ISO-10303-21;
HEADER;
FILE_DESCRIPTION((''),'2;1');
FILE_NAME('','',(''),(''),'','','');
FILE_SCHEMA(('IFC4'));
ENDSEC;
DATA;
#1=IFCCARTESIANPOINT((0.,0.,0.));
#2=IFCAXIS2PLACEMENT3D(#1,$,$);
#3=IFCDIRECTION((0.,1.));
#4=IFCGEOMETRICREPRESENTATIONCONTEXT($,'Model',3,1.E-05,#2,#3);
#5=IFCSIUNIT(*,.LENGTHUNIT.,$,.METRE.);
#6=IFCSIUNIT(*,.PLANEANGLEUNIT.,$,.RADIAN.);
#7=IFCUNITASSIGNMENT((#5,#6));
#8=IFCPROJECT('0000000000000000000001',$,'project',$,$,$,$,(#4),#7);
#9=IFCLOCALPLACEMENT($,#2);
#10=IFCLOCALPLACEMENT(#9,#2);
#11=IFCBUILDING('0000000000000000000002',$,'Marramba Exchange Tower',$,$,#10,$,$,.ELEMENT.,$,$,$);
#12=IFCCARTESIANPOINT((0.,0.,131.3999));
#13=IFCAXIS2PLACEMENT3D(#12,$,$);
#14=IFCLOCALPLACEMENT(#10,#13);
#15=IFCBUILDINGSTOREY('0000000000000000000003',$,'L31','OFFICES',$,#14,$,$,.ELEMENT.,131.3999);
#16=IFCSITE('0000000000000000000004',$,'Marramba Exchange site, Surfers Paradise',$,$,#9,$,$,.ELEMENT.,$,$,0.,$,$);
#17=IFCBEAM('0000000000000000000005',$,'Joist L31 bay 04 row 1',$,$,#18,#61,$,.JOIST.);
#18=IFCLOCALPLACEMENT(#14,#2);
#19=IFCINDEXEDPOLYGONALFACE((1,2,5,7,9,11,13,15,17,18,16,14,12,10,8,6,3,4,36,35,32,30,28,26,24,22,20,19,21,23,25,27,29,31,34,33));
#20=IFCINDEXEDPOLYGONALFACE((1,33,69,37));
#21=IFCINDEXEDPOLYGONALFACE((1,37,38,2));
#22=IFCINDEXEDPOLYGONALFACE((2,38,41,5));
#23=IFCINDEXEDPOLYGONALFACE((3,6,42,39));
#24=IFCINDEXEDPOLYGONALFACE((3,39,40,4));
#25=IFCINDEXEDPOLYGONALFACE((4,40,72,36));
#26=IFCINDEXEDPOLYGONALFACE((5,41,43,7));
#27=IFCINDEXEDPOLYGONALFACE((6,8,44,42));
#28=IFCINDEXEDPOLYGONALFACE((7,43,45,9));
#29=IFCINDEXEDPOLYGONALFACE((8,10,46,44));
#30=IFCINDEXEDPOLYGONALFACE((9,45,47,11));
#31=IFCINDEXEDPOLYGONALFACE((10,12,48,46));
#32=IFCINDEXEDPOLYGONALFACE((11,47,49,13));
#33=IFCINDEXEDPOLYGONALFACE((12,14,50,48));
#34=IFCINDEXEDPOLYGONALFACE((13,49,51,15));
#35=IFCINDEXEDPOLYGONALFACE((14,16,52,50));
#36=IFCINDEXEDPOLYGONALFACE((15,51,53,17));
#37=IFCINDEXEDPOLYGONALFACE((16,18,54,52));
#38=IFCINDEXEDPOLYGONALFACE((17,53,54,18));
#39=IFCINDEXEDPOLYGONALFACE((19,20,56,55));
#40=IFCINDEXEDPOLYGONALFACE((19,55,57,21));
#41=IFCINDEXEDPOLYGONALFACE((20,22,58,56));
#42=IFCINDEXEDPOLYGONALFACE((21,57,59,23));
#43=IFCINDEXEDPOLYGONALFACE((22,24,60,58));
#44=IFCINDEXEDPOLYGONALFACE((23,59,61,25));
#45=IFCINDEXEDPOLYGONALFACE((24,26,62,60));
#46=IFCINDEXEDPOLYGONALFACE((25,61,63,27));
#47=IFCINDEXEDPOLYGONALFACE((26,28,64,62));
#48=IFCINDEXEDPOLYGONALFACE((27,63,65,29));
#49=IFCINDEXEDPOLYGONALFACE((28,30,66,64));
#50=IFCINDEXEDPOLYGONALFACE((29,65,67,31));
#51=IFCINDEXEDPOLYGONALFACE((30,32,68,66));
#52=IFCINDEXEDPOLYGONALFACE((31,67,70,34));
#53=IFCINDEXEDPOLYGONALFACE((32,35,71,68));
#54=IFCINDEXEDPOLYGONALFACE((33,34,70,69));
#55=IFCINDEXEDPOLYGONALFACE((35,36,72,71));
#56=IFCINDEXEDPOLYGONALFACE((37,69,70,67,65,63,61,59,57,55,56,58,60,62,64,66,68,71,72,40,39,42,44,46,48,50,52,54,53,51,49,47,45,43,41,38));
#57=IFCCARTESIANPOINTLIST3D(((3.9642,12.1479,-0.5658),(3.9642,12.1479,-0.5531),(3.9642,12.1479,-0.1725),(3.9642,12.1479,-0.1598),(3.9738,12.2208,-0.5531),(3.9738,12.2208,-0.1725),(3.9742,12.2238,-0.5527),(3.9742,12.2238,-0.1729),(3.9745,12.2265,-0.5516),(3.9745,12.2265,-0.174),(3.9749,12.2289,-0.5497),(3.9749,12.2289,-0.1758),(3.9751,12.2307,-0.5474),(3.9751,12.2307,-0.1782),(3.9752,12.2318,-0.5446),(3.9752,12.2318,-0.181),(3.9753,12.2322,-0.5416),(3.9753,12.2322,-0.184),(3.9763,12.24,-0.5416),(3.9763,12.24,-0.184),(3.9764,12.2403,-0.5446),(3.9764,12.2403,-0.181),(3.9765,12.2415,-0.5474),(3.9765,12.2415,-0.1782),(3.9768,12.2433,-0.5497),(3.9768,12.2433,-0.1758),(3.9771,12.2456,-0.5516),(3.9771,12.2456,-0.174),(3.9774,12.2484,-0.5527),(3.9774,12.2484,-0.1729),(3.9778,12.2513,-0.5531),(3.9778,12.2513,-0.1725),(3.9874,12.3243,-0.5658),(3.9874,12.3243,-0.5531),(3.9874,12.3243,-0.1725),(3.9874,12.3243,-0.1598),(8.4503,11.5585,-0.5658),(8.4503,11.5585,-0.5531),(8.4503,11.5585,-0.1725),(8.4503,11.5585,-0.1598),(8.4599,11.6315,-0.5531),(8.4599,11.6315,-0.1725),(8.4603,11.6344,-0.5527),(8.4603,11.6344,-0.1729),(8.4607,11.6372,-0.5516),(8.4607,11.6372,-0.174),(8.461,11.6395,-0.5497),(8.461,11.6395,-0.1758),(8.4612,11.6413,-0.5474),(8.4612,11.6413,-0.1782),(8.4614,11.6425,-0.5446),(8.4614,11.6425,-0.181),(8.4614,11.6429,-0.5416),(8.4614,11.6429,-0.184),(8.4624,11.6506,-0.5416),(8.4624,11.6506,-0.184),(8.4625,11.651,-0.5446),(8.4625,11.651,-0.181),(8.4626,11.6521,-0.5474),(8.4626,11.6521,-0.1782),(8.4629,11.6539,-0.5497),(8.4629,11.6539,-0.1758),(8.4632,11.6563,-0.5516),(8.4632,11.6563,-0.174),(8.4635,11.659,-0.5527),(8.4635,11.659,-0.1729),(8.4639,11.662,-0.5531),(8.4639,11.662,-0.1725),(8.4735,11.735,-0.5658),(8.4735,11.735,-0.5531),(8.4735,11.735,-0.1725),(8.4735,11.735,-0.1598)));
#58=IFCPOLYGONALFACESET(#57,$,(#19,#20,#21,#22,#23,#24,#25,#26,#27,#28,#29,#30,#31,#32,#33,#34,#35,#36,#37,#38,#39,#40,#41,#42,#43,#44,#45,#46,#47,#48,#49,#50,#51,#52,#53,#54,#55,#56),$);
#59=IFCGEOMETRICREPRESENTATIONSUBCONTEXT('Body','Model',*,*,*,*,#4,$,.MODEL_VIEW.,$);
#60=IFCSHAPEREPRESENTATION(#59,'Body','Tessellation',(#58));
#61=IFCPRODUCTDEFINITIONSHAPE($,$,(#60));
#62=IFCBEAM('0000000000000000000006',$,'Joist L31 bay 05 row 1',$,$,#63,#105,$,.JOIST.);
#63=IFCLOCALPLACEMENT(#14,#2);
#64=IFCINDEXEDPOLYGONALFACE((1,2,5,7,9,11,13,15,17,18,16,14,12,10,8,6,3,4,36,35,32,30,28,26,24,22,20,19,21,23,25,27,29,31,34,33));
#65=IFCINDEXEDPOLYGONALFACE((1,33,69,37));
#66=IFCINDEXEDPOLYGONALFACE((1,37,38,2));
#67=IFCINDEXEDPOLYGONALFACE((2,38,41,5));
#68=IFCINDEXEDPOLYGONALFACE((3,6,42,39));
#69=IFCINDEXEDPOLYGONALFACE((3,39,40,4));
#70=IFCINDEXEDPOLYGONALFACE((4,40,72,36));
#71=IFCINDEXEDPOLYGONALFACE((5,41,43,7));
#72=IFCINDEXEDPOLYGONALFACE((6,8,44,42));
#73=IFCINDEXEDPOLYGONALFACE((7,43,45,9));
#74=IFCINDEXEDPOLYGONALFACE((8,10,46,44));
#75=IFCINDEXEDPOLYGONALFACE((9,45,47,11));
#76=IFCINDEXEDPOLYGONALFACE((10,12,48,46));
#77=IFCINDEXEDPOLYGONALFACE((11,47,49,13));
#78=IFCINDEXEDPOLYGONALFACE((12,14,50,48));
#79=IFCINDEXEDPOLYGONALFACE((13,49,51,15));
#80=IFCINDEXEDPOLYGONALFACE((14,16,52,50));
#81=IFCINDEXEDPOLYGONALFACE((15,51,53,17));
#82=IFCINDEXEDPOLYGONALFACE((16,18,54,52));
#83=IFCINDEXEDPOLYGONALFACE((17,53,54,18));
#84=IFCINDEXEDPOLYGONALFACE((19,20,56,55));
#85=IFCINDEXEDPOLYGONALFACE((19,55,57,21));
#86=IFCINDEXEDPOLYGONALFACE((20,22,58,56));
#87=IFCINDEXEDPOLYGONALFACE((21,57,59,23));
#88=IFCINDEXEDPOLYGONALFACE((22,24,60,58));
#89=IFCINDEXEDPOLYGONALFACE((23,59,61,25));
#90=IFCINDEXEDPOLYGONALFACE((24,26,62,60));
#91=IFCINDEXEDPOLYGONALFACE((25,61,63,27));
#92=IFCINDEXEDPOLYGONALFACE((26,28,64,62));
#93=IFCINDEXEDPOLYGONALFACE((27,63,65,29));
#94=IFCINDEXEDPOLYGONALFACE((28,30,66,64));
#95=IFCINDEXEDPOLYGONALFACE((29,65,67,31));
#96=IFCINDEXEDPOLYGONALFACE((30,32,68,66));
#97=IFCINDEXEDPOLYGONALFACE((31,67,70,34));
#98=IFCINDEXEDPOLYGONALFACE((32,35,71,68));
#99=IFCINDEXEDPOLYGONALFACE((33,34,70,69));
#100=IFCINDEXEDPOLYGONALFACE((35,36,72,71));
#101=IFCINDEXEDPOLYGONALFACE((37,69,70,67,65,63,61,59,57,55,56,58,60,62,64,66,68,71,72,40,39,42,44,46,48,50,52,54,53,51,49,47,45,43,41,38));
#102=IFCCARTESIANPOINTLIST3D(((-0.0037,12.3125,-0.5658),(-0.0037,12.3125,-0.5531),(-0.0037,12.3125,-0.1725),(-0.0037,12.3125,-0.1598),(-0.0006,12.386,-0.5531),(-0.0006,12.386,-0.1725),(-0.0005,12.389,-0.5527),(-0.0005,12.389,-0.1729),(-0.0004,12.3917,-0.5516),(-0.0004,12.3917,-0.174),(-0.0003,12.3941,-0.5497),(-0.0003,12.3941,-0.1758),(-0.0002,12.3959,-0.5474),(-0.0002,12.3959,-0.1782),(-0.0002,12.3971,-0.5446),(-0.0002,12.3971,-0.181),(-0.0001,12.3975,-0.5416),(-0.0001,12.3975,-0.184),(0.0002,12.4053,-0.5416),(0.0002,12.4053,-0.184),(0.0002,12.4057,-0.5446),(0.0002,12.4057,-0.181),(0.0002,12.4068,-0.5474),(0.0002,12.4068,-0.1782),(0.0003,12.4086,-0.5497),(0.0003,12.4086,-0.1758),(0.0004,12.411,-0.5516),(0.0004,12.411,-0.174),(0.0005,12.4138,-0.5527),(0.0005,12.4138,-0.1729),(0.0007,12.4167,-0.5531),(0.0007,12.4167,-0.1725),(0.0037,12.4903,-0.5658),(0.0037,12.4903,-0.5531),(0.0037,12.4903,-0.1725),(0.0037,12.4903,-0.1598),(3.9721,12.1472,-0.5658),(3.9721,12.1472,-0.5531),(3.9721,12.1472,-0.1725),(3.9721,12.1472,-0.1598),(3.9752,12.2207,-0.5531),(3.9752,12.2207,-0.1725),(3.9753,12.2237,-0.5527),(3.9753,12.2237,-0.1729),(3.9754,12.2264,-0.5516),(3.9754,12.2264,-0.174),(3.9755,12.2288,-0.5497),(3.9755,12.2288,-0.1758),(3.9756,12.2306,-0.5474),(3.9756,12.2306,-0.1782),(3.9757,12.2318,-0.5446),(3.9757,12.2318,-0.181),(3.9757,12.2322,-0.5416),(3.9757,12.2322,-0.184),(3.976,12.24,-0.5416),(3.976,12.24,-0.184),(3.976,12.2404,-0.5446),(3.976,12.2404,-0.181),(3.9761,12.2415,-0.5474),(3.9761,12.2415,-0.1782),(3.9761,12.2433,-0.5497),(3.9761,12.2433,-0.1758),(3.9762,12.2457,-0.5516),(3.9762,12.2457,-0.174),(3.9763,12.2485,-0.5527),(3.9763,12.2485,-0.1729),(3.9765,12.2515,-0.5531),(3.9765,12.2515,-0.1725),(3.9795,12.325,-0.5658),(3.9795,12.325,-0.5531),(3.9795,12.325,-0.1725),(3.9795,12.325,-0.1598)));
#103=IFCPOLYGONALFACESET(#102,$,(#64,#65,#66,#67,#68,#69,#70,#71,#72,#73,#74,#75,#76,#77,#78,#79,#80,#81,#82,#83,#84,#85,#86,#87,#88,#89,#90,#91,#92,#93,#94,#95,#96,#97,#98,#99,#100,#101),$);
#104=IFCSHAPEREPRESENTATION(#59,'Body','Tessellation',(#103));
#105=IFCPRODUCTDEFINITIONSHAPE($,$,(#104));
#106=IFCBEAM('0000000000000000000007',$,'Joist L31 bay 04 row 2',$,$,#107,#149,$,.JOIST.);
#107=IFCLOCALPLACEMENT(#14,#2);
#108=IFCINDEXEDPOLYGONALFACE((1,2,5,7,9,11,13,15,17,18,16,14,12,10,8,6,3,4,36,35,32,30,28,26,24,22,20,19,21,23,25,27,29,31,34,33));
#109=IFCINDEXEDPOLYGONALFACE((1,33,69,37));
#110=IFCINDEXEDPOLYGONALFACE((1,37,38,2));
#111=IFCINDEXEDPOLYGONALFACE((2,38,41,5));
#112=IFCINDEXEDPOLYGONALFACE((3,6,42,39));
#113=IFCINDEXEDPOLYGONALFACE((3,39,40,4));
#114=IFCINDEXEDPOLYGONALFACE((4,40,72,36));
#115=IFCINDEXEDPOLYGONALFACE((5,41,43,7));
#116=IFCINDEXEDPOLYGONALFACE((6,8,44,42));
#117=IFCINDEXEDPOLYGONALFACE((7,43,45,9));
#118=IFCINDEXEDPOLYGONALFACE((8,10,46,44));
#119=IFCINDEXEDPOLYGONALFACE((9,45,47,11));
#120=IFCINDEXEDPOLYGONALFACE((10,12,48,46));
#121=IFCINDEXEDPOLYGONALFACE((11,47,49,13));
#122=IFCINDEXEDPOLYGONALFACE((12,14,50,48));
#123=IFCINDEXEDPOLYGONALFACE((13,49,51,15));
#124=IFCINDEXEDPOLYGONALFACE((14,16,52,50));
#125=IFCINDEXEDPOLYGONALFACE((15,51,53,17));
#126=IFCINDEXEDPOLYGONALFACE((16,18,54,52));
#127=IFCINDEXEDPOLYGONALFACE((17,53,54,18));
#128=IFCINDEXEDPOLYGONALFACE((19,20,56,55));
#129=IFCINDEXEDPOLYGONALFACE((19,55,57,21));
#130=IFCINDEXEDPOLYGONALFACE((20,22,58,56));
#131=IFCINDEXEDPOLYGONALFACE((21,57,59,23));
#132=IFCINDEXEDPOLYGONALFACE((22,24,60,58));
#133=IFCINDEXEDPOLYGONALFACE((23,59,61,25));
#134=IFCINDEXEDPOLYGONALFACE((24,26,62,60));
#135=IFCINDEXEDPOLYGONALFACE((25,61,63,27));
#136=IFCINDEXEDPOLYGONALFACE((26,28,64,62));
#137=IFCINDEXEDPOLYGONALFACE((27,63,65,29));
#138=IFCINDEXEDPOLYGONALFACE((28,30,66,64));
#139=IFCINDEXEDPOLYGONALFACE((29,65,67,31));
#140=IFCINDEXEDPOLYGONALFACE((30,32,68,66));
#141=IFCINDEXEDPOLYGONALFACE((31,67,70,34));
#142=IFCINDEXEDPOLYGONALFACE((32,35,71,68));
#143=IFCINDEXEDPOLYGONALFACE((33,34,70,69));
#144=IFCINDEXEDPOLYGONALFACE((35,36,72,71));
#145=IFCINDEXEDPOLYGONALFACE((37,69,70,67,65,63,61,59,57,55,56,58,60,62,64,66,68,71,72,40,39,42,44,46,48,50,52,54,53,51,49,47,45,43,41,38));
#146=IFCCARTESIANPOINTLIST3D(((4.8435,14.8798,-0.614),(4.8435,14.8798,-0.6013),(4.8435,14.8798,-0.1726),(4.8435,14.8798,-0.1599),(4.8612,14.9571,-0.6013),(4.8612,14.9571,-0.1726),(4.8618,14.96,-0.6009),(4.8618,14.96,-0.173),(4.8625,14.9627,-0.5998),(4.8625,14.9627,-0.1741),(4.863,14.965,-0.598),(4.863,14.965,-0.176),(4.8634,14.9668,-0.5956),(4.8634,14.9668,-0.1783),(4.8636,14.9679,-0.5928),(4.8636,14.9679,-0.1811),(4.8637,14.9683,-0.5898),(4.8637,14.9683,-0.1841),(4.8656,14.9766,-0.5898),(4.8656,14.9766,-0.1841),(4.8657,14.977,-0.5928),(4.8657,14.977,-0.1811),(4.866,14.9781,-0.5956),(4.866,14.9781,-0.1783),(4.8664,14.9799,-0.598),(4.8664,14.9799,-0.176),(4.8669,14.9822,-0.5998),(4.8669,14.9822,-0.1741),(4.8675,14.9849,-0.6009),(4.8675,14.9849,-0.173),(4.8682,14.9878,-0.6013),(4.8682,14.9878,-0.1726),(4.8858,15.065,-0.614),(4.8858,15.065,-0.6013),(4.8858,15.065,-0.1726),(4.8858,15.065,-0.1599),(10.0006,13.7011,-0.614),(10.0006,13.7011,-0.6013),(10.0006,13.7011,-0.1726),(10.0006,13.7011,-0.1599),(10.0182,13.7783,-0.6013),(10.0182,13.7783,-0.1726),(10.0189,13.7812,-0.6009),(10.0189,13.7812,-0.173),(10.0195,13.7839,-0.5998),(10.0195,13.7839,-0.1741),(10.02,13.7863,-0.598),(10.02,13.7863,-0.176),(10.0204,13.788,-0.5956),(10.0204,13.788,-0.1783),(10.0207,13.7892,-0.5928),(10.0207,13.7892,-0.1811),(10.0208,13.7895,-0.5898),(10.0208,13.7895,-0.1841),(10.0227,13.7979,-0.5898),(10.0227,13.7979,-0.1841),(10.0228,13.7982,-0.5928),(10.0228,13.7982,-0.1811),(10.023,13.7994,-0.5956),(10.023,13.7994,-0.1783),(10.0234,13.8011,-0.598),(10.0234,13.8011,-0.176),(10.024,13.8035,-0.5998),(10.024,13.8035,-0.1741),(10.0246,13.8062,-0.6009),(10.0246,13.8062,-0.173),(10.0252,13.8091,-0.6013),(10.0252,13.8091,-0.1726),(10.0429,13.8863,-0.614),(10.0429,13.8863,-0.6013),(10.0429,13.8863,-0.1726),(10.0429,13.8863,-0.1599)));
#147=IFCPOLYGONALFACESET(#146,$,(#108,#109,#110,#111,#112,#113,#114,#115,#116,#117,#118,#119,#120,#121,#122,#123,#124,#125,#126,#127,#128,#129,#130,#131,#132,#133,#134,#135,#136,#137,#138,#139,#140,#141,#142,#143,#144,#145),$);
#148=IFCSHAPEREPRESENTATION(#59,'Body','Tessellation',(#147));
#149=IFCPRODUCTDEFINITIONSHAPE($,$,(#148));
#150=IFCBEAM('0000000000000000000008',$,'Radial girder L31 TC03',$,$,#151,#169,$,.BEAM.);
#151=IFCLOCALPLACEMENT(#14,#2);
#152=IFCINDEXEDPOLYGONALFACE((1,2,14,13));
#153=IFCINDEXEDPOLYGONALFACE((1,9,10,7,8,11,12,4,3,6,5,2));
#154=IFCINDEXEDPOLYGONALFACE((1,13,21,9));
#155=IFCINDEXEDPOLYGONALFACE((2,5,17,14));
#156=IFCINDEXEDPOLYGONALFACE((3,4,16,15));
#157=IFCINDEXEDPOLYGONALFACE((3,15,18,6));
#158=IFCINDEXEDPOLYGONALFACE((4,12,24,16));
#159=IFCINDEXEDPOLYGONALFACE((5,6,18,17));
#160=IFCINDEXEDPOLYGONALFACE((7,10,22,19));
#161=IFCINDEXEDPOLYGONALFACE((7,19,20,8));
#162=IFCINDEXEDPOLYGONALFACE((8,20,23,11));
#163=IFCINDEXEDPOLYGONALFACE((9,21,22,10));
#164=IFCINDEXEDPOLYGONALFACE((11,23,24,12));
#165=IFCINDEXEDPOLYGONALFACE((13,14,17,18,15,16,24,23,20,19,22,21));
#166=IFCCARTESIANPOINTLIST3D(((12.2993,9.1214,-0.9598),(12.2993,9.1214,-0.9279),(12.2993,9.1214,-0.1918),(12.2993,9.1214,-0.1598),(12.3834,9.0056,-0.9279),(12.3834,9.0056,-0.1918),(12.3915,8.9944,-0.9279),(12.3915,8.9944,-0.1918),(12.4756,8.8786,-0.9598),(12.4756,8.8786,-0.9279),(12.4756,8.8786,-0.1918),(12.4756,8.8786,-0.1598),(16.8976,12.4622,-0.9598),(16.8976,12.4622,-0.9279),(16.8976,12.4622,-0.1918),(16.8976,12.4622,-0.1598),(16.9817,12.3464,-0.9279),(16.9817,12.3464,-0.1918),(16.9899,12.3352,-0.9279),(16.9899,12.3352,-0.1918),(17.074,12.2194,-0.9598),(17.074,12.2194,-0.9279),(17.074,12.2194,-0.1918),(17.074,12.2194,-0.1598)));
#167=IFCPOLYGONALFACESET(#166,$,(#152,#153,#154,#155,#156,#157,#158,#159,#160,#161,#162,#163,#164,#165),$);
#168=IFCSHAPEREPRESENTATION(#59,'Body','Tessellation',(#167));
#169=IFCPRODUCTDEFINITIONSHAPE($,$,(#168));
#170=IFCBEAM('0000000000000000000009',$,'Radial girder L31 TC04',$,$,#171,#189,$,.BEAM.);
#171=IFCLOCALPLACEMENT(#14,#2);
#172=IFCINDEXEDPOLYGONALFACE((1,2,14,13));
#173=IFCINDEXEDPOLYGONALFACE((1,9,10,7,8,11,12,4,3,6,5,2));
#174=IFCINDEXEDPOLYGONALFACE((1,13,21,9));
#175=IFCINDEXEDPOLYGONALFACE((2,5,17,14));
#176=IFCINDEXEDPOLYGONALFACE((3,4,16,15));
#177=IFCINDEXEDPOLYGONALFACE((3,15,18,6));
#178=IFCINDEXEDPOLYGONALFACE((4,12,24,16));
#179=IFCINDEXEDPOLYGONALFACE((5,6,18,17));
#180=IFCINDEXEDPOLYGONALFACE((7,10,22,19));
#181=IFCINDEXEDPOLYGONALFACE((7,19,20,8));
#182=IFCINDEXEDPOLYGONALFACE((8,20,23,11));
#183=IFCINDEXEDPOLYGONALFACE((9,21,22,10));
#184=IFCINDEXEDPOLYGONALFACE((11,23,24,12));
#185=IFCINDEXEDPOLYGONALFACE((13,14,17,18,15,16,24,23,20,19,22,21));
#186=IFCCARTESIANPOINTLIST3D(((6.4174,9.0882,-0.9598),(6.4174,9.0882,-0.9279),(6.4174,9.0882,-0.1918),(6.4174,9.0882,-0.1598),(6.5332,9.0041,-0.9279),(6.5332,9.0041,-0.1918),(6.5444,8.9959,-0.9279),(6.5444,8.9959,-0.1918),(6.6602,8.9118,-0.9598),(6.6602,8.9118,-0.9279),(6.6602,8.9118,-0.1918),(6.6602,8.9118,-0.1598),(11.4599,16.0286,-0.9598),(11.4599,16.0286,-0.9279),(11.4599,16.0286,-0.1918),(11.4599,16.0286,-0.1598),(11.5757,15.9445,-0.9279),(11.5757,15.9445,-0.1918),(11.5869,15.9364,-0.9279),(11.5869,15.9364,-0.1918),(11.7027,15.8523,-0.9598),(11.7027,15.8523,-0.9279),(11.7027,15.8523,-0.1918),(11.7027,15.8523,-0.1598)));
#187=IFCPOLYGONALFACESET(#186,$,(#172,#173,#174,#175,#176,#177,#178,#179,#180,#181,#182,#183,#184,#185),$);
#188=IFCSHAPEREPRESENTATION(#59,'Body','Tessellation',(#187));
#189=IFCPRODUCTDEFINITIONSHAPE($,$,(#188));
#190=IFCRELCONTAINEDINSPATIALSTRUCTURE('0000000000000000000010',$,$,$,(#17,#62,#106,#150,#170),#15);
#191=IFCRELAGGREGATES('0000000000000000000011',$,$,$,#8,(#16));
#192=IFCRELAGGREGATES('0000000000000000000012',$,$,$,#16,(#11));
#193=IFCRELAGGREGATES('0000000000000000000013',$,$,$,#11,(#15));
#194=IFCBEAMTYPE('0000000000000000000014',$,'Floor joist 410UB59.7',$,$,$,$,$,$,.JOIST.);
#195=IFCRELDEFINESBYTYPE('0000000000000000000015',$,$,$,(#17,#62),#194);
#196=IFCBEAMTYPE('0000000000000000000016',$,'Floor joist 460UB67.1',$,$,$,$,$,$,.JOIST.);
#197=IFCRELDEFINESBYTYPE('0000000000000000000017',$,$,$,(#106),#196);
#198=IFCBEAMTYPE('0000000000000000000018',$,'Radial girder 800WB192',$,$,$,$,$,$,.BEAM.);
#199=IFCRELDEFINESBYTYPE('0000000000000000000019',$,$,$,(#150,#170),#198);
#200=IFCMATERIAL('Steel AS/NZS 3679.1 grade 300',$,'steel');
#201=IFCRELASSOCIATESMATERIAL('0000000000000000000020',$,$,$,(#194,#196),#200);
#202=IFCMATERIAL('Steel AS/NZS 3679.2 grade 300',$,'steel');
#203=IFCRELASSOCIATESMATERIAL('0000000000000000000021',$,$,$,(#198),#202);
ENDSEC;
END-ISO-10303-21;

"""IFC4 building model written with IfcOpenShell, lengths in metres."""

from ifc_helpers import new_model, si_unit, direction, frame, origin, origin_2d, place, context, subcontext, project, spatial, i_section, extrude, material, material_profile, profile_set, type_object, element, save


model = new_model("IFC4")

# Units and contexts
model_context = context("Model", 3, precision=1e-05, world=origin(), true_north=direction((0.0, 1.0)))
body_context = subcontext(model_context, "Body", "Model", "MODEL_VIEW")
ifc_project = project(units=[si_unit("LENGTHUNIT", "METRE"), si_unit("PLANEANGLEUNIT", "RADIAN")], contexts=[model_context])

# Site, building, storey
site_placement = place(None, origin())
site = spatial("IfcSite", under=ifc_project, at=site_placement, Name="Marramba Exchange site, Surfers Paradise", CompositionType="ELEMENT", RefElevation=0.0)
building_placement = place(site_placement, origin())
building = spatial("IfcBuilding", under=site, at=building_placement, Name="Marramba Exchange Tower", CompositionType="ELEMENT")
storey_placement = place(building_placement, frame((0.0, 0.0, 131.3999)))
storey = spatial("IfcBuildingStorey", under=building, at=storey_placement, Name="L31", Description="OFFICES", CompositionType="ELEMENT", Elevation=131.3999)

# Beams
ifc_material_1 = material(Name="Steel AS/NZS 3679.1 grade 300", Category="steel")
ifc_material_profile_1 = material_profile(ifc_material_1, i_section(OverallWidth=0.178, OverallDepth=0.406, WebThickness=0.0078, FlangeThickness=0.0127, FilletRadius=0.0115, at=origin_2d()), Name="410UB59.7")
ifc_profile_set_1 = profile_set([ifc_material_profile_1], Name="Steel AS/NZS 3679.1 grade 300")
beam_type_1 = type_object("IfcBeamType", Name="Floor joist 410UB59.7", PredefinedType="JOIST", material=ifc_profile_set_1)
beam_1_placement = place(storey_placement, frame((8.4619, 11.6467, -0.3628), z_axis=(-0.991481, 0.130255, 0.0), x_axis=(-0.130255, -0.991481, 0.0)))
element("IfcBeam", 1, at=beam_1_placement, inside=storey, type_object=beam_type_1, Name="Joist L31 bay 04 row 1", PredefinedType="JOIST", context=body_context, shape_type="SweptSolid", body=[
    extrude(i_section(OverallWidth=0.178, OverallDepth=0.406, WebThickness=0.0078, FlangeThickness=0.0127, FilletRadius=0.0115, at=origin_2d()), origin(), (0.0, 0.0, 1.0), 4.5247),
])
beam_2_placement = place(storey_placement, frame((3.9758, 12.2361, -0.3628), z_axis=(-0.999137, 0.041536, 0.0), x_axis=(-0.041536, -0.999137, 0.0)))
element("IfcBeam", 2, at=beam_2_placement, inside=storey, type_object=beam_type_1, Name="Joist L31 bay 05 row 1", PredefinedType="JOIST", context=body_context, shape_type="SweptSolid", body=[
    extrude(i_section(OverallWidth=0.178, OverallDepth=0.406, WebThickness=0.0078, FlangeThickness=0.0127, FilletRadius=0.0115, at=origin_2d()), origin(), (0.0, 0.0, 1.0), 3.9792),
])
ifc_material_profile_2 = material_profile(ifc_material_1, i_section(OverallWidth=0.1899, OverallDepth=0.4541, WebThickness=0.0085, FlangeThickness=0.0127, FilletRadius=0.0115, at=origin_2d()), Name="460UB67.1")
ifc_profile_set_2 = profile_set([ifc_material_profile_2], Name="Steel AS/NZS 3679.1 grade 300")
beam_type_2 = type_object("IfcBeamType", Name="Floor joist 460UB67.1", PredefinedType="JOIST", material=ifc_profile_set_2)
beam_3_placement = place(storey_placement, frame((10.0217, 13.7937, -0.387), z_axis=(-0.97486, 0.22282, 0.0), x_axis=(-0.22282, -0.97486, 0.0)))
element("IfcBeam", 3, at=beam_3_placement, inside=storey, type_object=beam_type_2, Name="Joist L31 bay 04 row 2", PredefinedType="JOIST", context=body_context, shape_type="SweptSolid", body=[
    extrude(i_section(OverallWidth=0.1899, OverallDepth=0.4541, WebThickness=0.0085, FlangeThickness=0.0127, FilletRadius=0.0115, at=origin_2d()), origin(), (0.0, 0.0, 1.0), 5.29),
])
ifc_material_2 = material(Name="Steel AS/NZS 3679.2 grade 300", Category="steel")
ifc_material_profile_3 = material_profile(ifc_material_2, i_section(OverallWidth=0.3, OverallDepth=0.8, WebThickness=0.0139, FlangeThickness=0.032, at=origin_2d()), Name="800WB192")
ifc_profile_set_3 = profile_set([ifc_material_profile_3], Name="Steel AS/NZS 3679.2 grade 300")
beam_type_3 = type_object("IfcBeamType", Name="Radial girder 800WB192", PredefinedType="BEAM", material=ifc_profile_set_3)
beam_4_placement = place(storey_placement, frame((12.3875, 9.0, -0.5598), z_axis=(0.809026, 0.587773, 0.0), x_axis=(-0.587773, 0.809026, 0.0)))
element("IfcBeam", 4, at=beam_4_placement, inside=storey, type_object=beam_type_3, Name="Radial girder L31 TC03", PredefinedType="BEAM", context=body_context, shape_type="SweptSolid", body=[
    extrude(i_section(OverallWidth=0.3, OverallDepth=0.8, WebThickness=0.0139, FlangeThickness=0.032, at=origin_2d()), origin(), (0.0, 0.0, 1.0), 5.6838),
])
beam_5_placement = place(storey_placement, frame((6.5388, 9.0, -0.5598), z_axis=(0.587782, 0.809019, 0.0), x_axis=(-0.809019, 0.587782, 0.0)))
element("IfcBeam", 5, at=beam_5_placement, inside=storey, type_object=beam_type_3, Name="Radial girder L31 TC04", PredefinedType="BEAM", context=body_context, shape_type="SweptSolid", body=[
    extrude(i_section(OverallWidth=0.3, OverallDepth=0.8, WebThickness=0.0139, FlangeThickness=0.032, at=origin_2d()), origin(), (0.0, 0.0, 1.0), 8.5789),
])

save(model, "model.ifc")
